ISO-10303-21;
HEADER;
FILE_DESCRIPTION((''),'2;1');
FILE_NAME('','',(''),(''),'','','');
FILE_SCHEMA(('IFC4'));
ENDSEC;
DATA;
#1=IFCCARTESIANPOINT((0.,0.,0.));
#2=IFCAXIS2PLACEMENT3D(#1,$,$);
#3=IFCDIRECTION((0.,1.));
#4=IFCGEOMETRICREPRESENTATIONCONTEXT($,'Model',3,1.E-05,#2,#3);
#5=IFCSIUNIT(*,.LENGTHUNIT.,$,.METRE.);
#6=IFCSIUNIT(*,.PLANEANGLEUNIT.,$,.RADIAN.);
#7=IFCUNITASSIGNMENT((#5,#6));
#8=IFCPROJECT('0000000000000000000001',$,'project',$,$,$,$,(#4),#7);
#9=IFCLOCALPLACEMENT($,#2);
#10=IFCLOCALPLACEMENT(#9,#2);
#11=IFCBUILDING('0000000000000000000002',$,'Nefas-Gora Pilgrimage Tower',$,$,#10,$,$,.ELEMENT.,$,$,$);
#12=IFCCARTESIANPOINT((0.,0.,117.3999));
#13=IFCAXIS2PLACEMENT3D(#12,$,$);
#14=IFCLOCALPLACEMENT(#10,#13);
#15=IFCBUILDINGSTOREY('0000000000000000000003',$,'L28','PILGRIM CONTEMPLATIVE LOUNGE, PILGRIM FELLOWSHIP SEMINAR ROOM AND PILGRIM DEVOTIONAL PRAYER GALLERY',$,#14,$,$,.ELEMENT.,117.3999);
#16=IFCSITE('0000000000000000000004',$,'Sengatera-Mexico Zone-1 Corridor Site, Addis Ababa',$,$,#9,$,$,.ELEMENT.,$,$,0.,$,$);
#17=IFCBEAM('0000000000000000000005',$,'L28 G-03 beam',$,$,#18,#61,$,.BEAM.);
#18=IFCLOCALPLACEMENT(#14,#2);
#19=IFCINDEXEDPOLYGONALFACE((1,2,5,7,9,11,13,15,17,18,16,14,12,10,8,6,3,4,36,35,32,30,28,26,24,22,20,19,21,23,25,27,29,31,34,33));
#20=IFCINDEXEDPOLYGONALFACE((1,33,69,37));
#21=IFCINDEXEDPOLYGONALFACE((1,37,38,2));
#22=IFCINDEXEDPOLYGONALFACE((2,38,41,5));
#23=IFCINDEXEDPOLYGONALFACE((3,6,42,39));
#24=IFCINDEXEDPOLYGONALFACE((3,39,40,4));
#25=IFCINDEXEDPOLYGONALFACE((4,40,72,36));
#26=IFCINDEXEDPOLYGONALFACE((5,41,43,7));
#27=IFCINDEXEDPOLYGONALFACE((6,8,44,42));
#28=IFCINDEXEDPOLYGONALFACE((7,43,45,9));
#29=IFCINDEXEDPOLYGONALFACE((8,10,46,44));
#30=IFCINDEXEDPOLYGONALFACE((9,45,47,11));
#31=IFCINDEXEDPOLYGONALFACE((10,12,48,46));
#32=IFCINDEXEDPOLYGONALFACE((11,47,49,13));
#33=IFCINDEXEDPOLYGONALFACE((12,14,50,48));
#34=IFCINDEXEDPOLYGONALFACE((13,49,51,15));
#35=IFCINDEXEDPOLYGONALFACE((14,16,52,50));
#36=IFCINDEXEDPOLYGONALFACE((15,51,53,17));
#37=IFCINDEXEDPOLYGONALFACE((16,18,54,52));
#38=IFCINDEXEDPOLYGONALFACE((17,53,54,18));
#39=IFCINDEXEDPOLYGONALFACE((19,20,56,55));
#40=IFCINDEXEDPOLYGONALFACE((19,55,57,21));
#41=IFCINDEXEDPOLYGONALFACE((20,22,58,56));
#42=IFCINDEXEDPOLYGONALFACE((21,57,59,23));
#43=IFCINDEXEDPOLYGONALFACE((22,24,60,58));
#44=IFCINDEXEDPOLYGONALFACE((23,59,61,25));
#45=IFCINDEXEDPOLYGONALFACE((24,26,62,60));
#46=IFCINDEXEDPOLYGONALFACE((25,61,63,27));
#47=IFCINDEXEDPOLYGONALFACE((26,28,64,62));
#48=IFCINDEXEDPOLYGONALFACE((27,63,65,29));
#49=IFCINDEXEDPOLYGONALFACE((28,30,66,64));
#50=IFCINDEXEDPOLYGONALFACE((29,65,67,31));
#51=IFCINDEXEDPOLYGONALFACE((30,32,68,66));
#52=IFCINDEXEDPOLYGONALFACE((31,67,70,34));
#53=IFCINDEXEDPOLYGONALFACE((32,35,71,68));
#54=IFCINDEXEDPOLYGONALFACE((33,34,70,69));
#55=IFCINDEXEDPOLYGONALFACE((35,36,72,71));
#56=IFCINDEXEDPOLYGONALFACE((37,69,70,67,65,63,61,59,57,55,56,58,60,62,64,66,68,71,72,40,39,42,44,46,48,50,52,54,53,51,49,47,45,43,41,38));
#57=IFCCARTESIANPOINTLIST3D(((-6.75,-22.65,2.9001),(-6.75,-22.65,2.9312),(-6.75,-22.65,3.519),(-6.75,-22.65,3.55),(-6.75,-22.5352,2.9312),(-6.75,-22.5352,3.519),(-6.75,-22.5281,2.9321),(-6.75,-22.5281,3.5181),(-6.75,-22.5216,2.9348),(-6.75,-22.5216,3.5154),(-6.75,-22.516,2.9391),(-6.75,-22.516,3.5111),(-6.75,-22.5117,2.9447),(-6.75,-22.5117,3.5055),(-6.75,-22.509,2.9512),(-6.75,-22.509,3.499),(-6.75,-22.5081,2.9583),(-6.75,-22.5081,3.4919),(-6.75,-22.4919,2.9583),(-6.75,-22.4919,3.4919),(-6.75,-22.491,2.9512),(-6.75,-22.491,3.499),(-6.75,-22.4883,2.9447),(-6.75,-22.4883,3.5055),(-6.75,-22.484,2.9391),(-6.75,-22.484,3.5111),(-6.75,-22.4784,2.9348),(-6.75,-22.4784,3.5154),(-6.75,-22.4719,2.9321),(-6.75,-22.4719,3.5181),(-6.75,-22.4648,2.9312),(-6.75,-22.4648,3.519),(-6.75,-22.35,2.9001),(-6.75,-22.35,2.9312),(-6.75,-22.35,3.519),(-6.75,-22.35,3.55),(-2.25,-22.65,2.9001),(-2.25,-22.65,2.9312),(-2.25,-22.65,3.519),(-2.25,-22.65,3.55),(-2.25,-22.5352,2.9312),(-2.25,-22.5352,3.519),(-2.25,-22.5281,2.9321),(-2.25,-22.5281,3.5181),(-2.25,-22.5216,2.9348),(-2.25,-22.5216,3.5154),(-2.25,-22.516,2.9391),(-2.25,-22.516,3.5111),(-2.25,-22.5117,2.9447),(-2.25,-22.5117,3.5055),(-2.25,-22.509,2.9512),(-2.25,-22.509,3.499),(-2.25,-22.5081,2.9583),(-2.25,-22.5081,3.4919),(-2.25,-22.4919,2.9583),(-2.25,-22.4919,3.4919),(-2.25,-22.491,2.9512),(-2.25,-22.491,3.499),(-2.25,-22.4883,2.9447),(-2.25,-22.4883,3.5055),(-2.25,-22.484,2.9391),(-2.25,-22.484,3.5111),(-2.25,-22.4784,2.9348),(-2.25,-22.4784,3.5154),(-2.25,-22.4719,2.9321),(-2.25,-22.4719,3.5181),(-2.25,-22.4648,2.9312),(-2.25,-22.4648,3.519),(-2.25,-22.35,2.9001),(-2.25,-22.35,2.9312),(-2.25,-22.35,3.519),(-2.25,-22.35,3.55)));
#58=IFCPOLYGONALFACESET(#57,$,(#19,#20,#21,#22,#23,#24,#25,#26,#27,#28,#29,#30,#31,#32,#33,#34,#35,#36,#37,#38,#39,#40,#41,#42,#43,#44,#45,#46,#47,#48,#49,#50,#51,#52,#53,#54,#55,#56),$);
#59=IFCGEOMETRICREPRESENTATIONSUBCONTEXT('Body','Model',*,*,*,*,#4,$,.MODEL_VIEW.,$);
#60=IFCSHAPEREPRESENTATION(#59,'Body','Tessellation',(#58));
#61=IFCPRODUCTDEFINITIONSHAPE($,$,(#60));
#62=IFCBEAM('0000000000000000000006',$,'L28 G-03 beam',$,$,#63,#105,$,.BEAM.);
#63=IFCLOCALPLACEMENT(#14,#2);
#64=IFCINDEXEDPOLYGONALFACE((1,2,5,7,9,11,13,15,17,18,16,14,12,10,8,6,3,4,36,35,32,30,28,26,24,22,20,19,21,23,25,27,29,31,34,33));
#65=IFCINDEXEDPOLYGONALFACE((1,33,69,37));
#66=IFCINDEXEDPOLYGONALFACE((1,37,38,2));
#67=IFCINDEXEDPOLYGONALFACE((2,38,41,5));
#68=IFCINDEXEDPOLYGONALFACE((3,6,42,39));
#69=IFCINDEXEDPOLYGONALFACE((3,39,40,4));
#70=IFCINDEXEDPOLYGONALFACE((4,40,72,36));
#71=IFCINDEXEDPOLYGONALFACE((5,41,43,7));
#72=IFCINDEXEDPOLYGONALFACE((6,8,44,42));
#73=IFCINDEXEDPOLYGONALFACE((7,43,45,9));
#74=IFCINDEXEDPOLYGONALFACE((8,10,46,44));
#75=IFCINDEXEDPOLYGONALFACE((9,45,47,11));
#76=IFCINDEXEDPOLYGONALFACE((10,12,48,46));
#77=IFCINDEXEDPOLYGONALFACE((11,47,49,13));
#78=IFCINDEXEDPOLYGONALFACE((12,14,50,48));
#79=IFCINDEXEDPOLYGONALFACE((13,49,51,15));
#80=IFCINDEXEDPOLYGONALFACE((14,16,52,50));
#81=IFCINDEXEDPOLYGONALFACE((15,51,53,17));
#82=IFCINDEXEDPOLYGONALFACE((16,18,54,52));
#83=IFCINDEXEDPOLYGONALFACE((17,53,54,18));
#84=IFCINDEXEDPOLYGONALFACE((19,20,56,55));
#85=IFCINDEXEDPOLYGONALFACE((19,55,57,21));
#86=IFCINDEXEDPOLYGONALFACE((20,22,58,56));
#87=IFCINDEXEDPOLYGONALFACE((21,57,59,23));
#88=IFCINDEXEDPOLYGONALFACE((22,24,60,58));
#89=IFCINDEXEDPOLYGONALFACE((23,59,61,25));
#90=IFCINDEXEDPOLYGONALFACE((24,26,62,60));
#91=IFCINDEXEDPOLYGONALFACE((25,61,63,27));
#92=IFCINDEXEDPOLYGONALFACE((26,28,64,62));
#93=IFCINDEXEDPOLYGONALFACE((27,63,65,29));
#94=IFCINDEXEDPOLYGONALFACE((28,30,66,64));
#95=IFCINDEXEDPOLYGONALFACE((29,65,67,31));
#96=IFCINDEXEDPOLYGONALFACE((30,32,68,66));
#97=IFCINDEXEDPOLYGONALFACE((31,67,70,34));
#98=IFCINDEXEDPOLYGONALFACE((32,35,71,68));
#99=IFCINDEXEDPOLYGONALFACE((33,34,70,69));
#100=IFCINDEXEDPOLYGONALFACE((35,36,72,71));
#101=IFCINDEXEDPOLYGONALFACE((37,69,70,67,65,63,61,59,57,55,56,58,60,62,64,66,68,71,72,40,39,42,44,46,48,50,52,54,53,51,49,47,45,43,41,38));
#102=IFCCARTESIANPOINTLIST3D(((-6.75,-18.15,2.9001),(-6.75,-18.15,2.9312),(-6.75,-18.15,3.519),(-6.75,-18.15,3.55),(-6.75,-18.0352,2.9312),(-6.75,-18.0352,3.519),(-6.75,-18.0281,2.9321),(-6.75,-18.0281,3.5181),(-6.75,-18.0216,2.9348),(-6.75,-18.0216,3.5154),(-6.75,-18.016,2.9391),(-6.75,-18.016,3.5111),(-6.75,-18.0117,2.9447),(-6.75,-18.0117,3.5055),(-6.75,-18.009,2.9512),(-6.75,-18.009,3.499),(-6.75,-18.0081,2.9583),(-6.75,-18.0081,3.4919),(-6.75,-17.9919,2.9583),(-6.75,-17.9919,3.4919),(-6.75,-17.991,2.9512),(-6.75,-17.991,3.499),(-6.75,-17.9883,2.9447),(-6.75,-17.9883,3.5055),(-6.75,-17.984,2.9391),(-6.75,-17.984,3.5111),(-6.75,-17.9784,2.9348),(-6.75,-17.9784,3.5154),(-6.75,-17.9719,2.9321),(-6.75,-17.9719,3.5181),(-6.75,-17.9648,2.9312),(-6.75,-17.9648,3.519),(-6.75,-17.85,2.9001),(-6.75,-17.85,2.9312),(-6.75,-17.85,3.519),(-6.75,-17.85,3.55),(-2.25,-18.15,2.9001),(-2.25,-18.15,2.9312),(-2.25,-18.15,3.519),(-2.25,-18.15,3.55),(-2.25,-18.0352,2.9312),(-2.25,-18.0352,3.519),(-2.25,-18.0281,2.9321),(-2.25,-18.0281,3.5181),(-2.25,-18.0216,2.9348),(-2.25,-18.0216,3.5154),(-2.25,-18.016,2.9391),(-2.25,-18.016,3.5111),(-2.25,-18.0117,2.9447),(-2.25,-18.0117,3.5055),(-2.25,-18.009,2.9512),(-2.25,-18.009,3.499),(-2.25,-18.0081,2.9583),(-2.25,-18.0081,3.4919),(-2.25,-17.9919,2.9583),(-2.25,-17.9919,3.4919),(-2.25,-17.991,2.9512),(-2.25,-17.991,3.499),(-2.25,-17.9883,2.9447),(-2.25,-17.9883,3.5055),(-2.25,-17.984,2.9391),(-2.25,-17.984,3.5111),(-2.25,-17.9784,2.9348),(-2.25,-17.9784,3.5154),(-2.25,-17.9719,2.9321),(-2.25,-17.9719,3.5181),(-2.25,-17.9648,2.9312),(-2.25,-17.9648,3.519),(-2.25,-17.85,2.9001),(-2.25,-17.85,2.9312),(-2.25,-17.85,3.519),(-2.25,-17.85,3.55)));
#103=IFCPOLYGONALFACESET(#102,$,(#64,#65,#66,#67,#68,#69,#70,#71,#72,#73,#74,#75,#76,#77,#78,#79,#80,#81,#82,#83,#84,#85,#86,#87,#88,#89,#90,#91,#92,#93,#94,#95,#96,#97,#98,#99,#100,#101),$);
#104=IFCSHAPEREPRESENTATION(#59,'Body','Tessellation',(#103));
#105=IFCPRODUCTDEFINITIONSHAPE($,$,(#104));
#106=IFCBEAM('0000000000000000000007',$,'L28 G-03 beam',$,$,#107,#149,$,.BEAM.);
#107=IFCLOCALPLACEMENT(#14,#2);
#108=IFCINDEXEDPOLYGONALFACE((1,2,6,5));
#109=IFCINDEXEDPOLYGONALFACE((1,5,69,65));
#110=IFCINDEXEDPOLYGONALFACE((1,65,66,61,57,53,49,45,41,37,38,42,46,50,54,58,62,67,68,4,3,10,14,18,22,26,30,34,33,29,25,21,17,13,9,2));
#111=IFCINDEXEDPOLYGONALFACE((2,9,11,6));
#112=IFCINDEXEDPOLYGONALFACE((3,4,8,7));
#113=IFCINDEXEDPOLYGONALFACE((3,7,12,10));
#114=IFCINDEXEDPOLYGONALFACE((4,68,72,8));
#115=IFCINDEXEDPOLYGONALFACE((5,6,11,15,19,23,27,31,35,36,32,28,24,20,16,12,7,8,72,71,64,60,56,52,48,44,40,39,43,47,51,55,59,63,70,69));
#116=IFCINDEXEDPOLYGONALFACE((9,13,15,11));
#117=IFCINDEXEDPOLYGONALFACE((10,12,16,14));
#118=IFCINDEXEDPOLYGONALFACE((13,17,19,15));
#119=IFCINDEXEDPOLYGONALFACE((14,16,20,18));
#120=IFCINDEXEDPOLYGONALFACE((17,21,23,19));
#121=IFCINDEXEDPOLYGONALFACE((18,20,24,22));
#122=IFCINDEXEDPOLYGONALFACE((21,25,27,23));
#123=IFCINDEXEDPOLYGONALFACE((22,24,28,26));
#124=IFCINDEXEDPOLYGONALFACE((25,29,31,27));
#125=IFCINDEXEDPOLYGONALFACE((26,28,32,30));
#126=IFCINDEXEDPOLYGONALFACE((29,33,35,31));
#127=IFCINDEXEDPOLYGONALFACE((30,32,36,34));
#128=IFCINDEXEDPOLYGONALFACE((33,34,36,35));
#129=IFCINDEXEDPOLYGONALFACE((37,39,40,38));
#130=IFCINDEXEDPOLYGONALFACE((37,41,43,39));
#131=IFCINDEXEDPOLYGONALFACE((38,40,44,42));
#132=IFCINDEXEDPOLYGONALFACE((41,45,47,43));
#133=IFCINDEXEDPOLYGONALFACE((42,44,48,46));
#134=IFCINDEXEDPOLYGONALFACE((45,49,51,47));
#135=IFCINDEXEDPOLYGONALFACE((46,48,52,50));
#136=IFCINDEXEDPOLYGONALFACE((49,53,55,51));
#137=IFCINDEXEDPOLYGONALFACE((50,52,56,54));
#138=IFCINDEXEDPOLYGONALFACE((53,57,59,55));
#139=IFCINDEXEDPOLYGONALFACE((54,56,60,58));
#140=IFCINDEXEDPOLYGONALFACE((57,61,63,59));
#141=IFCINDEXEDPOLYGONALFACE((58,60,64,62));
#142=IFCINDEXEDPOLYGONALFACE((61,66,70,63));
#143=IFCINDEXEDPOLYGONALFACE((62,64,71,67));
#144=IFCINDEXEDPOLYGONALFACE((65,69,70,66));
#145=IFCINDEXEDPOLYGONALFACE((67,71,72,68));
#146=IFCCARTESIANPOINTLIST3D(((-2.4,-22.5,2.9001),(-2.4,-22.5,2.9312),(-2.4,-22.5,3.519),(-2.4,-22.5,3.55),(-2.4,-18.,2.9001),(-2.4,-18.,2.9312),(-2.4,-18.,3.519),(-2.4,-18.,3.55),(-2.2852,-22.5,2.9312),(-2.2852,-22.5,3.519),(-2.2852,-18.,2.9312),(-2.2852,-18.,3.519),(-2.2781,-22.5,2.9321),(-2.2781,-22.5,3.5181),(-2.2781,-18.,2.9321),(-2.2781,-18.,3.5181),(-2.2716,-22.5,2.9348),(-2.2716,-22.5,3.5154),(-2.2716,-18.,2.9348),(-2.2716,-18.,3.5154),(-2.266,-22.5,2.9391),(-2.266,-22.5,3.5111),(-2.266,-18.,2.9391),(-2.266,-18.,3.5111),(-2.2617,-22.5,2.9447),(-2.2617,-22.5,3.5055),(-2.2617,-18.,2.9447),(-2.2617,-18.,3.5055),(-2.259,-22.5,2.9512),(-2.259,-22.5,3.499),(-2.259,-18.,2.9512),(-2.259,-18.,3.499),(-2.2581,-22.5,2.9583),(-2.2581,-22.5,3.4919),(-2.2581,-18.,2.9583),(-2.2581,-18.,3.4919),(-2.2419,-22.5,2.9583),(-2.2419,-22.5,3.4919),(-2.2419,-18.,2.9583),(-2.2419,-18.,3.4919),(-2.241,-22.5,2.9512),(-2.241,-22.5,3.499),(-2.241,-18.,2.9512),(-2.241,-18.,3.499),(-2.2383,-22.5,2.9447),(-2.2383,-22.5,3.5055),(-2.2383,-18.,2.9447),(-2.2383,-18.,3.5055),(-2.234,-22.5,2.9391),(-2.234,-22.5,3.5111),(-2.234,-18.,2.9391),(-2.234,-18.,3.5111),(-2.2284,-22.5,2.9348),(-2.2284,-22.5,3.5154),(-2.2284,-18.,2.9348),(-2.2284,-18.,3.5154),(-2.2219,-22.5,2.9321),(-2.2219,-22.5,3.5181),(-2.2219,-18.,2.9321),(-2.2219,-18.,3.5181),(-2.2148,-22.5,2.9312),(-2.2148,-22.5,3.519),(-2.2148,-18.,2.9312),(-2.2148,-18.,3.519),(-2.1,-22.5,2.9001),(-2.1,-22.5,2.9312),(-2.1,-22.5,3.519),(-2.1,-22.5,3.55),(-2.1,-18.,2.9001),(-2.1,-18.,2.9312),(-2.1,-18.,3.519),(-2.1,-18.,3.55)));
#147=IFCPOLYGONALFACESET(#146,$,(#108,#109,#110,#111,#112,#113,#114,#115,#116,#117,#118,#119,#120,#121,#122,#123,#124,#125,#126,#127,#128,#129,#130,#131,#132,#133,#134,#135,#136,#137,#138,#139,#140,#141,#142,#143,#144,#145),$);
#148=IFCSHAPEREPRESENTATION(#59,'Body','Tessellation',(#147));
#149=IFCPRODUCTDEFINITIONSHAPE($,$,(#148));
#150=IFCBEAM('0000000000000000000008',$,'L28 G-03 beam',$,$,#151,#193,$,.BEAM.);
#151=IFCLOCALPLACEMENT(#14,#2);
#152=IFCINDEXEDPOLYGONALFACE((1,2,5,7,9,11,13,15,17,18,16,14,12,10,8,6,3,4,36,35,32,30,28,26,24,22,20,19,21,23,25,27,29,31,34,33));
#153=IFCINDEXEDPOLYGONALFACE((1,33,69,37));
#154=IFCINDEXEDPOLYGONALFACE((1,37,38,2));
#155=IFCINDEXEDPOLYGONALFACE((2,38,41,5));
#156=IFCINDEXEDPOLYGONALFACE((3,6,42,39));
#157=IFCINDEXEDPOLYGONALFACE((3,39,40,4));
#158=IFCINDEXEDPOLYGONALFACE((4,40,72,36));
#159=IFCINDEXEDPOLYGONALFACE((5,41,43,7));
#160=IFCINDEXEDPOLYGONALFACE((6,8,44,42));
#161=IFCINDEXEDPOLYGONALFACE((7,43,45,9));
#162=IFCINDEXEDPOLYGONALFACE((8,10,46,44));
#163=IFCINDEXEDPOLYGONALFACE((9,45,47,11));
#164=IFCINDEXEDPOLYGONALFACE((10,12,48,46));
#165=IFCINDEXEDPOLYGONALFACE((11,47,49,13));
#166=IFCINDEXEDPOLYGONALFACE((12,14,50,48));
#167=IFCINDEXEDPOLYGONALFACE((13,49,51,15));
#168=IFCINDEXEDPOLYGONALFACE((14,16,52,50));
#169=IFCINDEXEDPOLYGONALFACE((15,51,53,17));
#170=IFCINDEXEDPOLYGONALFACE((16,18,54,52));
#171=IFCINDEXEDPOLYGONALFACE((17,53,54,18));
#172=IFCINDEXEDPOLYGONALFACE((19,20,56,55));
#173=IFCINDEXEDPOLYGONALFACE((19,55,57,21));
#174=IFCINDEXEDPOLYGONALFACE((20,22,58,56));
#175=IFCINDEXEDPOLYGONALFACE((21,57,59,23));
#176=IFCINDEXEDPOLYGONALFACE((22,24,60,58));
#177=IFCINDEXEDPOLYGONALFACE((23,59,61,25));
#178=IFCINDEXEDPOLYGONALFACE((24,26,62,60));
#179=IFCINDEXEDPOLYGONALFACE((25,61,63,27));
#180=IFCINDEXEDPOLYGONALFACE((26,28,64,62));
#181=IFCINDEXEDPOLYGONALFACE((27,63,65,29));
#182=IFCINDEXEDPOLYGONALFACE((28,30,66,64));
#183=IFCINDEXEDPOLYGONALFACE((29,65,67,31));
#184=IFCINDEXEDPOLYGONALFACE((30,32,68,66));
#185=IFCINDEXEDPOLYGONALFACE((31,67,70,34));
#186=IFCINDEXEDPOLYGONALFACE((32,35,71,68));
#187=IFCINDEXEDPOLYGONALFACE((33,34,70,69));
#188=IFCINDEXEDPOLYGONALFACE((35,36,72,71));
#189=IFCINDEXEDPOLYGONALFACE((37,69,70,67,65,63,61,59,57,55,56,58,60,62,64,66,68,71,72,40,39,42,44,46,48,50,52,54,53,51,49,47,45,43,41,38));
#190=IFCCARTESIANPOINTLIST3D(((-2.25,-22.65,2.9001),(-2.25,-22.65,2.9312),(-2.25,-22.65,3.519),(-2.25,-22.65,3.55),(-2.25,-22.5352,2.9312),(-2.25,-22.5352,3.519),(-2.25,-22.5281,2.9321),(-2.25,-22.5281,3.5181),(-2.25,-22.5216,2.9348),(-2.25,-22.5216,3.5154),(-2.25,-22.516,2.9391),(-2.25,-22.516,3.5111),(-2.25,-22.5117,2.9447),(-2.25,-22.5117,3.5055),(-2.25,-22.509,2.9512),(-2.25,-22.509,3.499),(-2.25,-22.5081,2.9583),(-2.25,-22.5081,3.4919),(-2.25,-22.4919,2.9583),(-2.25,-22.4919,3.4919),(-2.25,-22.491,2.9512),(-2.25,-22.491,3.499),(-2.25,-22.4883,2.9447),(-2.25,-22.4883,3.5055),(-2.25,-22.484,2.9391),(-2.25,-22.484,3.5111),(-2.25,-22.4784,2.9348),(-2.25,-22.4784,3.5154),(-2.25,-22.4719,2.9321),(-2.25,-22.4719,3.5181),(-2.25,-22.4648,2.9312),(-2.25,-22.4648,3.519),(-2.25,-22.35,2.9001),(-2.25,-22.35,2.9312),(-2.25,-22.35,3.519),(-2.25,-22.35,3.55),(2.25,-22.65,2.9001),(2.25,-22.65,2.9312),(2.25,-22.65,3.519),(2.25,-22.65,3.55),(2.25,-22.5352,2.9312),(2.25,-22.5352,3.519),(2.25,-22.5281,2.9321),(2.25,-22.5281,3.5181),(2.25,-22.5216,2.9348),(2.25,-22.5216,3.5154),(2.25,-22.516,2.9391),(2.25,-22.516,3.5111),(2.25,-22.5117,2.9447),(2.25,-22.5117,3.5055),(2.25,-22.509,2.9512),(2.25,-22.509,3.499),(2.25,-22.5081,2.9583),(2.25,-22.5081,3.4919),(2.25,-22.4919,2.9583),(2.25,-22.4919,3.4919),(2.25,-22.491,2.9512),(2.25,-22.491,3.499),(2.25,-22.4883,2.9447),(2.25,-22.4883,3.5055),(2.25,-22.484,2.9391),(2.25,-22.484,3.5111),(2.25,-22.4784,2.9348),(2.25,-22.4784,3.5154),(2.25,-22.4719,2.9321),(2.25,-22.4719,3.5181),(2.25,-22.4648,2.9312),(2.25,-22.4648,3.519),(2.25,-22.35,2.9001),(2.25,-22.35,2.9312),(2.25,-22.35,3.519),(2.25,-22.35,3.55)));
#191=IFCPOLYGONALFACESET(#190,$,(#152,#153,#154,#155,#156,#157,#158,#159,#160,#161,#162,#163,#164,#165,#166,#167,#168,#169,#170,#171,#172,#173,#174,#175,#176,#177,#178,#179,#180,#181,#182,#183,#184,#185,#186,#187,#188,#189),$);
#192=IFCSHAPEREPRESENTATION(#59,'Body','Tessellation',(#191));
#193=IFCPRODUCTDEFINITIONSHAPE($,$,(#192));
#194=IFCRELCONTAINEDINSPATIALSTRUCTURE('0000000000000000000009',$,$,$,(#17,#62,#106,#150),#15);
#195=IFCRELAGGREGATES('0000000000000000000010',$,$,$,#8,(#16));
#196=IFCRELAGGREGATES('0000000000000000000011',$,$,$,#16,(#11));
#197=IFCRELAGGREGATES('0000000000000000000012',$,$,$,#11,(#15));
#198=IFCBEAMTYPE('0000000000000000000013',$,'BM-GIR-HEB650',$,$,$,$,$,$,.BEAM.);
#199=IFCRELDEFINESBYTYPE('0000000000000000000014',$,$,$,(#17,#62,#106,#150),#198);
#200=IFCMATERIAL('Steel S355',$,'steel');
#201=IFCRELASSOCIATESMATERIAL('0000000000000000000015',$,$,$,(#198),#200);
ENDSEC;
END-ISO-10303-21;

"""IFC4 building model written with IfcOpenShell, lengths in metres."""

from ifc_helpers import new_model, si_unit, direction, frame, origin, origin_2d, place, context, subcontext, project, spatial, i_section, extrude, source, transform, mapped, material, material_profile, profile_set, type_object, element, save


model = new_model("IFC4")

# Units and contexts
model_context = context("Model", 3, precision=1e-05, world=origin(), true_north=direction((0.0, 1.0)))
body_context = subcontext(model_context, "Body", "Model", "MODEL_VIEW")
ifc_project = project(units=[si_unit("LENGTHUNIT", "METRE"), si_unit("PLANEANGLEUNIT", "RADIAN")], contexts=[model_context])

# Site, building, storey
site_placement = place(None, origin())
site = spatial("IfcSite", under=ifc_project, at=site_placement, Name="Sengatera-Mexico Zone-1 Corridor Site, Addis Ababa", CompositionType="ELEMENT", RefElevation=0.0)
building_placement = place(site_placement, origin())
building = spatial("IfcBuilding", under=site, at=building_placement, Name="Nefas-Gora Pilgrimage Tower", CompositionType="ELEMENT")
storey_placement = place(building_placement, frame((0.0, 0.0, 117.3999)))
storey = spatial("IfcBuildingStorey", under=building, at=storey_placement, Name="L28", Description="PILGRIM CONTEMPLATIVE LOUNGE, PILGRIM FELLOWSHIP SEMINAR ROOM AND PILGRIM DEVOTIONAL PRAYER GALLERY", CompositionType="ELEMENT", Elevation=117.3999)

# Beams
ifc_material_1 = material(Name="Steel S355", Category="steel")
ifc_material_profile_1 = material_profile(ifc_material_1, i_section(OverallWidth=0.3, OverallDepth=0.6499, WebThickness=0.0161, FlangeThickness=0.031, FilletRadius=0.0271, at=origin_2d()), Name="HEB 650")
ifc_profile_set_1 = profile_set([ifc_material_profile_1], Name="Steel S355")
beam_type = type_object("IfcBeamType", Name="BM-GIR-HEB650", PredefinedType="BEAM", material=ifc_profile_set_1)
shared_shape_1 = source(origin(), body_context, "Body", "SweptSolid", [
    extrude(i_section(OverallWidth=0.3, OverallDepth=0.6499, WebThickness=0.0161, FlangeThickness=0.031, FilletRadius=0.0271, at=origin_2d()), origin(), (0.0, 0.0, 1.0), 4.5),
])
for number, where, z_axis, x_axis, name in (
    (1, (-6.75, -22.5, 3.2251), (1.0, 0.0, 0.0), (0.0, 1.0, 0.0), "L28 G-03 beam"),
    (2, (-6.75, -18.0, 3.2251), (1.0, 0.0, 0.0), (0.0, 1.0, 0.0), "L28 G-03 beam"),
    (3, (-2.25, -22.5, 3.2251), (0.0, 1.0, 0.0), (-1.0, 0.0, 0.0), "L28 G-03 beam"),
    (4, (-2.25, -22.5, 3.2251), (1.0, 0.0, 0.0), (0.0, 1.0, 0.0), "L28 G-03 beam"),
):
    element("IfcBeam", number, at=place(storey_placement, frame(where, z_axis=z_axis, x_axis=x_axis)), inside=storey, type_object=beam_type, Name=name, PredefinedType="BEAM", context=body_context, shape_type="MappedRepresentation", body=[
        mapped(shared_shape_1, transform((0.0, 0.0, 0.0), x_axis=(1.0, 0.0, 0.0), y_axis=(0.0, 1.0, 0.0), z_axis=(0.0, 0.0, 1.0), scale=1.0)),
    ])

save(model, "model.ifc")
